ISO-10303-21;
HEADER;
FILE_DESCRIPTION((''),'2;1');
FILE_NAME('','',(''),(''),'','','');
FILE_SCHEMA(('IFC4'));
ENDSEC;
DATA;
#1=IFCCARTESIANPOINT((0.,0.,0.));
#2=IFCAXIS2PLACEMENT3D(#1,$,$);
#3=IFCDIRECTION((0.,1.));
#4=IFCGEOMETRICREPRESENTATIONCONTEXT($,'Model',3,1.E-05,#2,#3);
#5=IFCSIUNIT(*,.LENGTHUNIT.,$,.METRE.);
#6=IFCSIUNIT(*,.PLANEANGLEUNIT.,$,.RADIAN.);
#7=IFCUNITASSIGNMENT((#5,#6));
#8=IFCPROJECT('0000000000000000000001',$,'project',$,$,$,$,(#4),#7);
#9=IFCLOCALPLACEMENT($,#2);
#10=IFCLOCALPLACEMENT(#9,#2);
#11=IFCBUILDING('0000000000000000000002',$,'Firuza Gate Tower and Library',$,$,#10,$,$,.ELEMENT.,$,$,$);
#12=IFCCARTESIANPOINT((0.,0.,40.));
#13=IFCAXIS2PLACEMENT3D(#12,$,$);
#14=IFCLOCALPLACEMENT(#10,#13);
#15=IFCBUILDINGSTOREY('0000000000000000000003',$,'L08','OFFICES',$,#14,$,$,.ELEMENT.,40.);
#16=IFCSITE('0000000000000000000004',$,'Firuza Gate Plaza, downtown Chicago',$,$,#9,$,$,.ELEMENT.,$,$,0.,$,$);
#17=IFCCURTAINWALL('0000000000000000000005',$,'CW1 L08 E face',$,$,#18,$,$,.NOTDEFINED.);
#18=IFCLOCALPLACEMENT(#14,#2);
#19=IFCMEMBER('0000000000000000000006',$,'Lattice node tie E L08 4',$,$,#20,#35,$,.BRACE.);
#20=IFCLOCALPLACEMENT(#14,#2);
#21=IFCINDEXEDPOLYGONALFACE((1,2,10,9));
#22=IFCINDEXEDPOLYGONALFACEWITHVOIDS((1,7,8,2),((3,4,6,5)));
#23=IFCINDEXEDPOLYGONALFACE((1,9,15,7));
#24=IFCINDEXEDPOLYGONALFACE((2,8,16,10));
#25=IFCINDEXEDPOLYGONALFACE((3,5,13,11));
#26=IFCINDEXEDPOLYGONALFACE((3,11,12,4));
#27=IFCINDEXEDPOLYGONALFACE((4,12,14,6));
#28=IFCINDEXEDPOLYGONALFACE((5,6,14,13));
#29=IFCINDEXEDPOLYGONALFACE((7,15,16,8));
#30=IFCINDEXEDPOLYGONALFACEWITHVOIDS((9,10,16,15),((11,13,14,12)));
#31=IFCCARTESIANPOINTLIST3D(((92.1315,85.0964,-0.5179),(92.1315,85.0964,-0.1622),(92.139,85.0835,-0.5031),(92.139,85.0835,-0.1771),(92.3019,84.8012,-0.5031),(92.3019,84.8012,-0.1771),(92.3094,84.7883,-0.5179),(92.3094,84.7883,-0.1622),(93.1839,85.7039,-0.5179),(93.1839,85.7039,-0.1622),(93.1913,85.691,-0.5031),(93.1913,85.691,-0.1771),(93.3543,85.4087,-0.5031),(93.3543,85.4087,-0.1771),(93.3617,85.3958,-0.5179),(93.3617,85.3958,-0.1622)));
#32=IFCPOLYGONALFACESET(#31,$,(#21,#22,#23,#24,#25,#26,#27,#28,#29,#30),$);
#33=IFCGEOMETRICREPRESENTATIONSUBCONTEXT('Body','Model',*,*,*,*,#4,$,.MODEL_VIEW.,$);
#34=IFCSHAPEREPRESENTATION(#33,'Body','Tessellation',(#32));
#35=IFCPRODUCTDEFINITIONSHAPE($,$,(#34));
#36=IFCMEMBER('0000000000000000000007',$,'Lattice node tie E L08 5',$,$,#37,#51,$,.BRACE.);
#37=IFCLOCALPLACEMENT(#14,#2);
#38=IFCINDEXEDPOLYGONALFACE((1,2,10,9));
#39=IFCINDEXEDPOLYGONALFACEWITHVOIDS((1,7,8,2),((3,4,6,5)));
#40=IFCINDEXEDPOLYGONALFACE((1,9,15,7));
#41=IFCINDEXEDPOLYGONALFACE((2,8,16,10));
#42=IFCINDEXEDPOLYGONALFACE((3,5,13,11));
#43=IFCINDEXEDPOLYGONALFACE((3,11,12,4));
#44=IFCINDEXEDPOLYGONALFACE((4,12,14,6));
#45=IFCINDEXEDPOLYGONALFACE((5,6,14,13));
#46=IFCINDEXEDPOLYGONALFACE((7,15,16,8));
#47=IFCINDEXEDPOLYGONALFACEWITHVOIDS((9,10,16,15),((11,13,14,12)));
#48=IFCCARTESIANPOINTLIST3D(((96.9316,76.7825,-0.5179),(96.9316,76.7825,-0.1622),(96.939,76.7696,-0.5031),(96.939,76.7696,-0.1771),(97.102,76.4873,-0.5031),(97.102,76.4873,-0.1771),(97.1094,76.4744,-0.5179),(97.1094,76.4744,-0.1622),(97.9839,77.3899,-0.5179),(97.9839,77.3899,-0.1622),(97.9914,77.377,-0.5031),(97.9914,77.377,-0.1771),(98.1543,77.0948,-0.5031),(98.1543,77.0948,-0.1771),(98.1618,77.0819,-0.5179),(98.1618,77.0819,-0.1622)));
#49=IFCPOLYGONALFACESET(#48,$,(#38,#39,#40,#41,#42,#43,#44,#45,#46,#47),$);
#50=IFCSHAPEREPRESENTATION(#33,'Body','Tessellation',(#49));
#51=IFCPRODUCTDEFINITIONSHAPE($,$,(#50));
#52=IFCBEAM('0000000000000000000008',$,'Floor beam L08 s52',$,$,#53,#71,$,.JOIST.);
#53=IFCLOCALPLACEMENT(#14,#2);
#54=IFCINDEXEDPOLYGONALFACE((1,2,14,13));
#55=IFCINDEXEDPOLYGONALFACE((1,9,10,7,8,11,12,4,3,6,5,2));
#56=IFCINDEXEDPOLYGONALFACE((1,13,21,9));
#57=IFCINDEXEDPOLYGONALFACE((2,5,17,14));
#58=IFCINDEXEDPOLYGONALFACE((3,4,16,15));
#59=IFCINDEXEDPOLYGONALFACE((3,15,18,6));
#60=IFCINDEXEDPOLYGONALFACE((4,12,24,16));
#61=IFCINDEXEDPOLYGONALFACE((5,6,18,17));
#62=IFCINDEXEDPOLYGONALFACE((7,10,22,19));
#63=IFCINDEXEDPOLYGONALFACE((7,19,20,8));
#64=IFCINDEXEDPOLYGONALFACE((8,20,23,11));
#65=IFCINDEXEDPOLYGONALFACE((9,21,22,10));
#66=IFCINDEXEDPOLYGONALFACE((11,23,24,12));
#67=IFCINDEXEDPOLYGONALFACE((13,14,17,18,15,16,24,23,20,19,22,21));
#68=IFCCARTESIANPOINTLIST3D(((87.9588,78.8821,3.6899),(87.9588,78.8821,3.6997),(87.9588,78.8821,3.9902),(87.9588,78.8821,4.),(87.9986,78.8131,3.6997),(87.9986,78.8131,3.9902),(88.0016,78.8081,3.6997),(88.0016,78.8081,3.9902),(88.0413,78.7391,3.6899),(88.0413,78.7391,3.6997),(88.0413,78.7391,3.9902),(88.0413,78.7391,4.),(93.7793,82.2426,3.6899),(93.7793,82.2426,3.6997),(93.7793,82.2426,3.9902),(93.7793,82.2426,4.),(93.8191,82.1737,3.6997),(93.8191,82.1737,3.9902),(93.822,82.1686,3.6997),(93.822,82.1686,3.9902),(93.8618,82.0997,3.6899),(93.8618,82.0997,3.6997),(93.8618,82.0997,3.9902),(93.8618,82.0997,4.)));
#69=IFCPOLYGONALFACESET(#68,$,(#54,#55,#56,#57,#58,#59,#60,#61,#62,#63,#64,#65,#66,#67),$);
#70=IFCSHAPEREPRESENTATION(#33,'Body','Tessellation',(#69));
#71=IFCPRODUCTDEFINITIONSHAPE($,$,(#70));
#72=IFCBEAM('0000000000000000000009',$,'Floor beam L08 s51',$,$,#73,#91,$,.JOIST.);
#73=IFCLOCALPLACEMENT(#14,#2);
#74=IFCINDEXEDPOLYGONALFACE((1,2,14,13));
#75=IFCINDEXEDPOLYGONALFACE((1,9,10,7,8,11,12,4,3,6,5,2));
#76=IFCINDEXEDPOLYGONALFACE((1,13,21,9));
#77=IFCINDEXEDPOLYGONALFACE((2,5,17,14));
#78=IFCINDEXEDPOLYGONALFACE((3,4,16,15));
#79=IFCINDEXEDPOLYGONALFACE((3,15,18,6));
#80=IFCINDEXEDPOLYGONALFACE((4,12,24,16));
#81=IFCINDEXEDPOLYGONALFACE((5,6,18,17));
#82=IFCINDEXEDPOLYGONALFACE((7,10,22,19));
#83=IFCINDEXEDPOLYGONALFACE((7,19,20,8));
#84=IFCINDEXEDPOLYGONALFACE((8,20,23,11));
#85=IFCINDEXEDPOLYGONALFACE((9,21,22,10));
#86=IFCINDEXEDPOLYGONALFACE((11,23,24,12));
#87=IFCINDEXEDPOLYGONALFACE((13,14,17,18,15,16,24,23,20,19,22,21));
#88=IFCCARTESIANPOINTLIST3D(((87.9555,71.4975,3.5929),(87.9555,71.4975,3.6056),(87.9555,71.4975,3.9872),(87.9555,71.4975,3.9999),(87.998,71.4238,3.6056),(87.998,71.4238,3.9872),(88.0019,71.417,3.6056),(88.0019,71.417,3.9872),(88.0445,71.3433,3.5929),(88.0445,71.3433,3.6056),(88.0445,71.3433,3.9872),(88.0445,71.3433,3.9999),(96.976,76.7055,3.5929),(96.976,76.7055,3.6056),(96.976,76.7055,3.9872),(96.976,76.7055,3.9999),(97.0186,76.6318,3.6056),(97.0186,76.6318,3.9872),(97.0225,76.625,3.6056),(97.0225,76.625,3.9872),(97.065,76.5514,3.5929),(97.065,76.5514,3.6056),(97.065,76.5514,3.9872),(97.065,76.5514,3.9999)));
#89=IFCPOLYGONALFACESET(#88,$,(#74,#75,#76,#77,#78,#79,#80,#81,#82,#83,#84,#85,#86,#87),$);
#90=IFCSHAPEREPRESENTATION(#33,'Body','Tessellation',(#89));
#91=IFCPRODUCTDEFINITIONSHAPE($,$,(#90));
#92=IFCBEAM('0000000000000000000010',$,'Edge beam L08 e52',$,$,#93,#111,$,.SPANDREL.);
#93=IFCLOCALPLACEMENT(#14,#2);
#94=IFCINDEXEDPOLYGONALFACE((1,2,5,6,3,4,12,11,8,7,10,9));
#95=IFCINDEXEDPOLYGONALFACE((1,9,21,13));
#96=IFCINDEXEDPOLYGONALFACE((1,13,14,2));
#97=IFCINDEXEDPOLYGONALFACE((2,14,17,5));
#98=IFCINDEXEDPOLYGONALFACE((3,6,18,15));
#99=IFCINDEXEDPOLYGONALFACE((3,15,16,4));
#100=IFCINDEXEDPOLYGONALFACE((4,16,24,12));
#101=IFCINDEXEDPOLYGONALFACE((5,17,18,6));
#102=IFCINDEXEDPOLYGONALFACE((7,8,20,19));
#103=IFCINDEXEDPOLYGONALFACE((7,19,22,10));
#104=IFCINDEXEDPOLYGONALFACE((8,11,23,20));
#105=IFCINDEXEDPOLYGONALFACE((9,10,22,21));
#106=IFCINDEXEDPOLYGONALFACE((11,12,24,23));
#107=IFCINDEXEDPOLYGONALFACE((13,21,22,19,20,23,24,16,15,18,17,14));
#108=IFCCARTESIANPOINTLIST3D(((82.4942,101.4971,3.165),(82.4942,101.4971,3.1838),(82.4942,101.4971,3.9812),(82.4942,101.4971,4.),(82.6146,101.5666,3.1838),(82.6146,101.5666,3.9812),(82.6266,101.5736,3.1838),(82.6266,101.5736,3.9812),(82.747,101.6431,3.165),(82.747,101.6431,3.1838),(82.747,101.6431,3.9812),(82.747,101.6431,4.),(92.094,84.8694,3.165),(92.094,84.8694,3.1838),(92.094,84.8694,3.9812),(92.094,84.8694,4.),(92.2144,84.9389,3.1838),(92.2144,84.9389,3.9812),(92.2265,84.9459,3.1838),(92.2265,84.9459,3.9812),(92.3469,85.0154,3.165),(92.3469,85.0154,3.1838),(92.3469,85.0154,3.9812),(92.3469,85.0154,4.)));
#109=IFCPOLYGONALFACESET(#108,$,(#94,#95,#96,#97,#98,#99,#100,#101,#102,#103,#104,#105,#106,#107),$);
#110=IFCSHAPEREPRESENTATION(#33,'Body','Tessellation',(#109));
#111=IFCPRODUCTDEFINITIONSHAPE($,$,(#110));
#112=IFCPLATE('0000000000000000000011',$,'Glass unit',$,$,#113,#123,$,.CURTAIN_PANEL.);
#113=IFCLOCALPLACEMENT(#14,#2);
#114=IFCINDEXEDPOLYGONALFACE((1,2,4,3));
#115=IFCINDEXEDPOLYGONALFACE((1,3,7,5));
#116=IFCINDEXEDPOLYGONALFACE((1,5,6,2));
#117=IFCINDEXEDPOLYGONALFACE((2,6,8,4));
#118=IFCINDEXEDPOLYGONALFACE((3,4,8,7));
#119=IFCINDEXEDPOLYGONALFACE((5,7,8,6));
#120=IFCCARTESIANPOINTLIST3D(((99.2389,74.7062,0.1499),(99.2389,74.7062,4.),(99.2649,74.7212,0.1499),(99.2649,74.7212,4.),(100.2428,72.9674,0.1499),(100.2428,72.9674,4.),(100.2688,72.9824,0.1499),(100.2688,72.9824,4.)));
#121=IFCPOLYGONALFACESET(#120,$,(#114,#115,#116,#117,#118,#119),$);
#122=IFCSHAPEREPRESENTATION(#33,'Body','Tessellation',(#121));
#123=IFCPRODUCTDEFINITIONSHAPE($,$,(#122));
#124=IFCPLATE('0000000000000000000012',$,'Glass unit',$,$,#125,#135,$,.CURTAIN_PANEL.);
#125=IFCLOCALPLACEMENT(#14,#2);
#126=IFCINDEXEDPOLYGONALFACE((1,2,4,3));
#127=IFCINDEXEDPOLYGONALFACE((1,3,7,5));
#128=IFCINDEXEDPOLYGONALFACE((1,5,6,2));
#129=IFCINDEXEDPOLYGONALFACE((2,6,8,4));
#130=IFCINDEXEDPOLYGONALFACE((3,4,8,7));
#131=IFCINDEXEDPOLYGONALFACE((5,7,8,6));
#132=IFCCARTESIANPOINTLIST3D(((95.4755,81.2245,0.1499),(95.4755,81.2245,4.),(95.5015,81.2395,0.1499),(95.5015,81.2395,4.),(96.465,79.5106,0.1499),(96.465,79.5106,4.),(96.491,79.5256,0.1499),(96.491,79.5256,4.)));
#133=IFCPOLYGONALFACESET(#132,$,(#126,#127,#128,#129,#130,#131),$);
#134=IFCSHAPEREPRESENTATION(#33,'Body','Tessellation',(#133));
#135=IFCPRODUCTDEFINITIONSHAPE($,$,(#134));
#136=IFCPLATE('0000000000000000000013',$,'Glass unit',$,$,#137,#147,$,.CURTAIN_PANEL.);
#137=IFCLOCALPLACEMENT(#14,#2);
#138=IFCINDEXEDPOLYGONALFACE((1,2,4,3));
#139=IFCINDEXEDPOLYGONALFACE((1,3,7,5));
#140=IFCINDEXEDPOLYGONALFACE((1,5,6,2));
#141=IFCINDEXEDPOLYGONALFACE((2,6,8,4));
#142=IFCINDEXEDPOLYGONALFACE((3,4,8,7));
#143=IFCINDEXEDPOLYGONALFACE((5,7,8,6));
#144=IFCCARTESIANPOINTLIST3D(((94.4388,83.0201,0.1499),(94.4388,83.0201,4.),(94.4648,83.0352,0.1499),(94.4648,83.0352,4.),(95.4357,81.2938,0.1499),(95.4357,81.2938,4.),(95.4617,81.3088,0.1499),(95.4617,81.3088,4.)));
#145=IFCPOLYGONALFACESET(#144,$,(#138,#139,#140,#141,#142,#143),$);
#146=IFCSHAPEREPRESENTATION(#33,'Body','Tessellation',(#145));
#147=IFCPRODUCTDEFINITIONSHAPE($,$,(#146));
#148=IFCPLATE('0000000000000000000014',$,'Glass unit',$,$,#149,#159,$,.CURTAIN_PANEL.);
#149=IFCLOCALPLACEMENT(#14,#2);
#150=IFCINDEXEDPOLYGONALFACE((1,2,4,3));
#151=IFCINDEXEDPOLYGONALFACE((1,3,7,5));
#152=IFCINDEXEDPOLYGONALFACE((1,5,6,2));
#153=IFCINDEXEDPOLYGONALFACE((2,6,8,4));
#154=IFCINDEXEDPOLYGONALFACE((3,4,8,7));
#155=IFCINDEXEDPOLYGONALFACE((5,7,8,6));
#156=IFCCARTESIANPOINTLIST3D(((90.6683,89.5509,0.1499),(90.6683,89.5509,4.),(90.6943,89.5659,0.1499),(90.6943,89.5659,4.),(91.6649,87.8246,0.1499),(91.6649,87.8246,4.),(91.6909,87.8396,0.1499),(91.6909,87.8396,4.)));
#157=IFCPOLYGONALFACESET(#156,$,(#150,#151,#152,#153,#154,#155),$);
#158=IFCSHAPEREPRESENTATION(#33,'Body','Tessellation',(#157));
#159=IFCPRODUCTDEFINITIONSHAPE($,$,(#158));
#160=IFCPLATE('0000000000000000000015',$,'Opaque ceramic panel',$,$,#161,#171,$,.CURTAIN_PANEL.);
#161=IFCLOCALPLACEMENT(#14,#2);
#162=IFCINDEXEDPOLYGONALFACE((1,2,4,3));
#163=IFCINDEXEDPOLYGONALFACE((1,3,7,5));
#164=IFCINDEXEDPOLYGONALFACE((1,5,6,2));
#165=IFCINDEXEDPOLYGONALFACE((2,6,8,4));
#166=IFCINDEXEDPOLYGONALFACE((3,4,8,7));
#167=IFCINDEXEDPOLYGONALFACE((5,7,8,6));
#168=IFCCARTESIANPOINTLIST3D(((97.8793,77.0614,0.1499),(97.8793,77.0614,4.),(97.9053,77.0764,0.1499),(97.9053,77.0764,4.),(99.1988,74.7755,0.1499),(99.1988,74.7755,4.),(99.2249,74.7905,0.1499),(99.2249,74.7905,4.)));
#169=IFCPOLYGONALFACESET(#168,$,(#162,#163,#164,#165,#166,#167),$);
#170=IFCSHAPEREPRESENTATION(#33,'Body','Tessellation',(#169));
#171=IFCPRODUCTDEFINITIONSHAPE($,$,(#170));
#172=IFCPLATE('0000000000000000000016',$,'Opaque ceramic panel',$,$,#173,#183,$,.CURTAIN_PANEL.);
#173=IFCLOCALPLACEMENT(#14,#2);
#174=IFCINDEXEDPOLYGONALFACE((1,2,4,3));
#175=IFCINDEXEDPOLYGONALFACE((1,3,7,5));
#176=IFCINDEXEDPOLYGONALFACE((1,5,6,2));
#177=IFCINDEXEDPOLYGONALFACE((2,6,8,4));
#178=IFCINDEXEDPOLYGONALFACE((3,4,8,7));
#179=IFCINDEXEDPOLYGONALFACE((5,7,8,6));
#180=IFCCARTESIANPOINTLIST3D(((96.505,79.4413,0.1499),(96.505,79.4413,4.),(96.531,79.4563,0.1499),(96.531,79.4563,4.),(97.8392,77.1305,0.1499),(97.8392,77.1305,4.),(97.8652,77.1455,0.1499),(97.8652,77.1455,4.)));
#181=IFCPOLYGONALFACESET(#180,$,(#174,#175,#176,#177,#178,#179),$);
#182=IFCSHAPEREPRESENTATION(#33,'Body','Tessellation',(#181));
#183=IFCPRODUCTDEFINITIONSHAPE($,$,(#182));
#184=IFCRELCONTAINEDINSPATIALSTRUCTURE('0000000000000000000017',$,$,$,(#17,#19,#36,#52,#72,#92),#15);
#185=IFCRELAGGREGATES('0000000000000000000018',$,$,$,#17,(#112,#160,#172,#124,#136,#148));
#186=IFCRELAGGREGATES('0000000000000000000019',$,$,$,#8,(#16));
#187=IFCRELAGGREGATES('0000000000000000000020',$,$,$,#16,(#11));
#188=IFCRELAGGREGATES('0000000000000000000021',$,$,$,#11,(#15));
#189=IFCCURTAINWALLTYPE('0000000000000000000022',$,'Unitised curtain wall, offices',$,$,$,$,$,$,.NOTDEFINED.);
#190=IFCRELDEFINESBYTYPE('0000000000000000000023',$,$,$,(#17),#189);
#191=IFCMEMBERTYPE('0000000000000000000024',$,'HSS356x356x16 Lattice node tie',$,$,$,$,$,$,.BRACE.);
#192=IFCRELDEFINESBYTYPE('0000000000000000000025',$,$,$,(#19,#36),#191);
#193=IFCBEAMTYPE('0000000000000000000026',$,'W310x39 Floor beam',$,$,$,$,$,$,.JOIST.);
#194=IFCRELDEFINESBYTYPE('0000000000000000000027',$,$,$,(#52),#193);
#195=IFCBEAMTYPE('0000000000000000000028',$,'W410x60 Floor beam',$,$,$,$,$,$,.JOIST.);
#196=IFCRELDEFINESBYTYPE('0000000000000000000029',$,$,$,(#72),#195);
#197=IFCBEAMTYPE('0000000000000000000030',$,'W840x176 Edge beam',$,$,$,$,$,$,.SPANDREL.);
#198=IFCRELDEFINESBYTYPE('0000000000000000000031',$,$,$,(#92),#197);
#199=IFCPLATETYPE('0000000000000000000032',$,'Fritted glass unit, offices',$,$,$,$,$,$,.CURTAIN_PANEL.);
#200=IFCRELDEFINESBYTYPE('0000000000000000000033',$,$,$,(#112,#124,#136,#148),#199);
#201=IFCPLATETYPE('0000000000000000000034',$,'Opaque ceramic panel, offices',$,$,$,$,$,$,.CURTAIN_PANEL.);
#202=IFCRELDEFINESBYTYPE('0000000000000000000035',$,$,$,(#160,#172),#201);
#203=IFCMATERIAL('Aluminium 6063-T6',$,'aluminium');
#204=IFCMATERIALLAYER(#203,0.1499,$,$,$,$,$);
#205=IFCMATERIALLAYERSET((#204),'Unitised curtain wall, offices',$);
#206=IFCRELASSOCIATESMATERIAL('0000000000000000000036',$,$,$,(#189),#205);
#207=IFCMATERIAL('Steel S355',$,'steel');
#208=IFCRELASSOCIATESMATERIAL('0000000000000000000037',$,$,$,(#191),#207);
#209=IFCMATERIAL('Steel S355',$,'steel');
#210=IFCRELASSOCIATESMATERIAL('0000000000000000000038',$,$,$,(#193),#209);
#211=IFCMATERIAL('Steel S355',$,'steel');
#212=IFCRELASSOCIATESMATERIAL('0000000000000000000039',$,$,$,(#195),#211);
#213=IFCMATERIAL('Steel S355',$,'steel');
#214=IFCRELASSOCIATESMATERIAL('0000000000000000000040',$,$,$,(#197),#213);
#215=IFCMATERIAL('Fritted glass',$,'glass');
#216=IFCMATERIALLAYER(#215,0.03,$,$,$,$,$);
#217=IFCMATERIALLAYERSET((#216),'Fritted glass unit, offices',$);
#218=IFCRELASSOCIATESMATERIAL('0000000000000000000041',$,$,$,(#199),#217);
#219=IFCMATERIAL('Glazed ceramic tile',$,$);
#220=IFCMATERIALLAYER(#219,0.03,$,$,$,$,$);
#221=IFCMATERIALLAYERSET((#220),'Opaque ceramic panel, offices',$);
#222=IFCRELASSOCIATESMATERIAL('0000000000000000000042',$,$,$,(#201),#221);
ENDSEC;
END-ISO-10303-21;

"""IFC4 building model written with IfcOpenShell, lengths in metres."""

from ifc_helpers import new_model, si_unit, direction, frame, origin, origin_2d, place, context, subcontext, project, spatial, polyline, hollow_rectangle, i_section, outline, extrude, material, layer, layer_set, material_profile, profile_set, type_object, element, aggregate, save


model = new_model("IFC4")

# Units and contexts
model_context = context("Model", 3, precision=1e-05, world=origin(), true_north=direction((0.0, 1.0)))
body_context = subcontext(model_context, "Body", "Model", "MODEL_VIEW")
ifc_project = project(units=[si_unit("LENGTHUNIT", "METRE"), si_unit("PLANEANGLEUNIT", "RADIAN")], contexts=[model_context])

# Site, building, storey
site_placement = place(None, origin())
site = spatial("IfcSite", under=ifc_project, at=site_placement, Name="Firuza Gate Plaza, downtown Chicago", CompositionType="ELEMENT", RefElevation=0.0)
building_placement = place(site_placement, origin())
building = spatial("IfcBuilding", under=site, at=building_placement, Name="Firuza Gate Tower and Library", CompositionType="ELEMENT")
storey_placement = place(building_placement, frame((0.0, 0.0, 40.0)))
storey = spatial("IfcBuildingStorey", under=building, at=storey_placement, Name="L08", Description="OFFICES", CompositionType="ELEMENT", Elevation=40.0)

# Curtain wall
ifc_material_1 = material(Name="Aluminium 6063-T6", Category="aluminium")
ifc_layer_1 = layer(ifc_material_1, 0.1499)
ifc_layer_set_1 = layer_set([ifc_layer_1], Name="Unitised curtain wall, offices")
curtain_wall_type = type_object("IfcCurtainWallType", Name="Unitised curtain wall, offices", PredefinedType="NOTDEFINED", material=ifc_layer_set_1)
curtain_wall_placement = place(storey_placement, origin())
curtain_wall = element("IfcCurtainWall", 1, at=curtain_wall_placement, inside=storey, type_object=curtain_wall_type, Name="CW1 L08 E face", PredefinedType="NOTDEFINED")

# Members
ifc_material_2 = material(Name="Steel S355", Category="steel")
ifc_material_profile_1 = material_profile(ifc_material_2, hollow_rectangle(XDim=0.3557, YDim=0.3557, WallThickness=0.0149, at=origin_2d()))
ifc_profile_set_1 = profile_set([ifc_material_profile_1], Name="Steel S355")
member_type_1 = type_object("IfcMemberType", Name="HSS356x356x16 Lattice node tie", PredefinedType="BRACE", material=ifc_profile_set_1)
for number, where, z_axis, x_axis, name in (
    (2, (92.2205, 84.9424, -0.3401), (0.866058, 0.499943, 0.0), (-0.499943, 0.866058, 0.0), "Lattice node tie E L08 4"),
    (3, (97.0205, 76.6284, -0.3401), (0.866058, 0.499943, 0.0), (-0.499943, 0.866058, 0.0), "Lattice node tie E L08 5"),
):
    element("IfcMember", number, at=place(storey_placement, frame(where, z_axis=z_axis, x_axis=x_axis)), inside=storey, type_object=member_type_1, Name=name, PredefinedType="BRACE", context=body_context, shape_type="SweptSolid", body=[
        extrude(hollow_rectangle(XDim=0.3557, YDim=0.3557, WallThickness=0.0149, at=origin_2d()), origin(), (0.0, 0.0, 1.0), 1.2151),
    ])

# Beams
ifc_material_3 = material(Name="Steel S355", Category="steel")
ifc_material_profile_2 = material_profile(ifc_material_3, i_section(OverallWidth=0.165, OverallDepth=0.3101, WebThickness=0.0059, FlangeThickness=0.0098, at=origin_2d()))
ifc_profile_set_2 = profile_set([ifc_material_profile_2], Name="Steel S355")
beam_type_1 = type_object("IfcBeamType", Name="W310x39 Floor beam", PredefinedType="JOIST", material=ifc_profile_set_2)
beam_1_placement = place(storey_placement, frame((93.8206, 82.1711, 3.845), z_axis=(-0.866019, -0.500011, 0.0), x_axis=(0.500011, -0.866019, 0.0)))
element("IfcBeam", 4, at=beam_1_placement, inside=storey, type_object=beam_type_1, Name="Floor beam L08 s52", PredefinedType="JOIST", context=body_context, shape_type="SweptSolid", body=[
    extrude(i_section(OverallWidth=0.165, OverallDepth=0.3101, WebThickness=0.0059, FlangeThickness=0.0098, at=origin_2d()), origin(), (0.0, 0.0, 1.0), 6.7209),
])
ifc_material_4 = material(Name="Steel S355", Category="steel")
ifc_material_profile_3 = material_profile(ifc_material_4, i_section(OverallWidth=0.178, OverallDepth=0.407, WebThickness=0.0078, FlangeThickness=0.0127, at=origin_2d()))
ifc_profile_set_3 = profile_set([ifc_material_profile_3], Name="Steel S355")
beam_type_2 = type_object("IfcBeamType", Name="W410x60 Floor beam", PredefinedType="JOIST", material=ifc_profile_set_3)
beam_2_placement = place(storey_placement, frame((97.0205, 76.6284, 3.7964), z_axis=(-0.866025, -0.500001, 0.0), x_axis=(0.500001, -0.866025, 0.0)))
element("IfcBeam", 5, at=beam_2_placement, inside=storey, type_object=beam_type_2, Name="Floor beam L08 s51", PredefinedType="JOIST", context=body_context, shape_type="SweptSolid", body=[
    extrude(i_section(OverallWidth=0.178, OverallDepth=0.407, WebThickness=0.0078, FlangeThickness=0.0127, at=origin_2d()), origin(), (0.0, 0.0, 1.0), 10.416),
])
ifc_material_5 = material(Name="Steel S355", Category="steel")
ifc_material_profile_4 = material_profile(ifc_material_5, i_section(OverallWidth=0.292, OverallDepth=0.835, WebThickness=0.0139, FlangeThickness=0.0188, at=origin_2d()))
ifc_profile_set_4 = profile_set([ifc_material_profile_4], Name="Steel S355")
beam_type_3 = type_object("IfcBeamType", Name="W840x176 Edge beam", PredefinedType="SPANDREL", material=ifc_profile_set_4)
beam_3_placement = place(storey_placement, frame((92.2205, 84.9424, 3.5825), z_axis=(-0.499994, 0.866029, 0.0), x_axis=(-0.866029, -0.499994, 0.0)))
element("IfcBeam", 6, at=beam_3_placement, inside=storey, type_object=beam_type_3, Name="Edge beam L08 e52", PredefinedType="SPANDREL", context=body_context, shape_type="SweptSolid", body=[
    extrude(i_section(OverallWidth=0.292, OverallDepth=0.835, WebThickness=0.0139, FlangeThickness=0.0188, at=origin_2d()), origin(), (0.0, 0.0, 1.0), 19.2),
])

# Plates
ifc_material_6 = material(Name="Fritted glass", Category="glass")
ifc_layer_2 = layer(ifc_material_6, 0.03)
ifc_layer_set_2 = layer_set([ifc_layer_2], Name="Fritted glass unit, offices")
plate_type_1 = type_object("IfcPlateType", Name="Fritted glass unit, offices", PredefinedType="CURTAIN_PANEL", material=ifc_layer_set_2)
plate_1_placement = place(storey_placement, frame((100.2688, 72.9824, 0.1499), z_axis=(0.86602, 0.50001, 0.0), x_axis=(-0.50001, 0.86602, 0.0)))
plate_1 = element("IfcPlate", 7, at=plate_1_placement, type_object=plate_type_1, Name="Glass unit", PredefinedType="CURTAIN_PANEL", context=body_context, shape_type="SweptSolid", body=[
    extrude(outline(polyline([(0.0, 0.0), (2.0078, 0.0), (2.0078, 3.8501), (0.0, 3.8501), (0.0, 0.0)])), origin(), (0.0, 0.0, -1.0), 0.03),
])
plate_2_placement = place(storey_placement, frame((96.491, 79.5256, 0.1499), z_axis=(0.866025, 0.5, 0.0), x_axis=(-0.5, 0.866025, 0.0)))
plate_2 = element("IfcPlate", 8, at=plate_2_placement, type_object=plate_type_1, Name="Glass unit", PredefinedType="CURTAIN_PANEL", context=body_context, shape_type="SweptSolid", body=[
    extrude(outline(polyline([(0.0, 0.0), (1.979, 0.0), (1.979, 3.8501), (0.0, 3.8501), (0.0, 0.0)])), origin(), (0.0, 0.0, -1.0), 0.03),
])
plate_3_placement = place(storey_placement, frame((95.4617, 81.3088, 0.1499), z_axis=(0.865996, 0.500051, 0.0), x_axis=(-0.500051, 0.865996, 0.0)))
plate_3 = element("IfcPlate", 9, at=plate_3_placement, type_object=plate_type_1, Name="Glass unit", PredefinedType="CURTAIN_PANEL", context=body_context, shape_type="SweptSolid", body=[
    extrude(outline(polyline([(0.0, 0.0), (1.9934, 0.0), (1.9934, 3.8501), (0.0, 3.8501), (0.0, 0.0)])), origin(), (0.0, 0.0, -1.0), 0.03),
])
plate_4_placement = place(storey_placement, frame((91.6909, 87.8396, 0.1499), z_axis=(0.866049, 0.499959, 0.0), x_axis=(-0.499959, 0.866049, 0.0)))
plate_4 = element("IfcPlate", 10, at=plate_4_placement, type_object=plate_type_1, Name="Glass unit", PredefinedType="CURTAIN_PANEL", context=body_context, shape_type="SweptSolid", body=[
    extrude(outline(polyline([(0.0, 0.0), (1.9933, 0.0), (1.9933, 3.8501), (0.0, 3.8501), (0.0, 0.0)])), origin(), (0.0, 0.0, -1.0), 0.03),
])
ifc_material_7 = material(Name="Glazed ceramic tile")
ifc_layer_3 = layer(ifc_material_7, 0.03)
ifc_layer_set_3 = layer_set([ifc_layer_3], Name="Opaque ceramic panel, offices")
plate_type_2 = type_object("IfcPlateType", Name="Opaque ceramic panel, offices", PredefinedType="CURTAIN_PANEL", material=ifc_layer_set_3)
plate_5_placement = place(storey_placement, frame((99.2249, 74.7905, 0.1499), z_axis=(0.866055, 0.499949, 0.0), x_axis=(-0.499949, 0.866055, 0.0)))
plate_5 = element("IfcPlate", 11, at=plate_5_placement, type_object=plate_type_2, Name="Opaque ceramic panel", PredefinedType="CURTAIN_PANEL", context=body_context, shape_type="SweptSolid", body=[
    extrude(outline(polyline([(0.0, 0.0), (2.6394, 0.0), (2.6394, 3.8501), (0.0, 3.8501), (0.0, 0.0)])), origin(), (0.0, 0.0, -1.0), 0.03),
])
plate_6_placement = place(storey_placement, frame((97.8652, 77.1455, 0.1499), z_axis=(0.86601, 0.500026, 0.0), x_axis=(-0.500026, 0.86601, 0.0)))
plate_6 = element("IfcPlate", 12, at=plate_6_placement, type_object=plate_type_2, Name="Opaque ceramic panel", PredefinedType="CURTAIN_PANEL", context=body_context, shape_type="SweptSolid", body=[
    extrude(outline(polyline([(0.0, 0.0), (2.6683, 0.0), (2.6683, 3.8501), (0.0, 3.8501), (0.0, 0.0)])), origin(), (0.0, 0.0, -1.0), 0.03),
])
aggregate(curtain_wall, [plate_1, plate_5, plate_6, plate_2, plate_3, plate_4])

save(model, "model.ifc")
